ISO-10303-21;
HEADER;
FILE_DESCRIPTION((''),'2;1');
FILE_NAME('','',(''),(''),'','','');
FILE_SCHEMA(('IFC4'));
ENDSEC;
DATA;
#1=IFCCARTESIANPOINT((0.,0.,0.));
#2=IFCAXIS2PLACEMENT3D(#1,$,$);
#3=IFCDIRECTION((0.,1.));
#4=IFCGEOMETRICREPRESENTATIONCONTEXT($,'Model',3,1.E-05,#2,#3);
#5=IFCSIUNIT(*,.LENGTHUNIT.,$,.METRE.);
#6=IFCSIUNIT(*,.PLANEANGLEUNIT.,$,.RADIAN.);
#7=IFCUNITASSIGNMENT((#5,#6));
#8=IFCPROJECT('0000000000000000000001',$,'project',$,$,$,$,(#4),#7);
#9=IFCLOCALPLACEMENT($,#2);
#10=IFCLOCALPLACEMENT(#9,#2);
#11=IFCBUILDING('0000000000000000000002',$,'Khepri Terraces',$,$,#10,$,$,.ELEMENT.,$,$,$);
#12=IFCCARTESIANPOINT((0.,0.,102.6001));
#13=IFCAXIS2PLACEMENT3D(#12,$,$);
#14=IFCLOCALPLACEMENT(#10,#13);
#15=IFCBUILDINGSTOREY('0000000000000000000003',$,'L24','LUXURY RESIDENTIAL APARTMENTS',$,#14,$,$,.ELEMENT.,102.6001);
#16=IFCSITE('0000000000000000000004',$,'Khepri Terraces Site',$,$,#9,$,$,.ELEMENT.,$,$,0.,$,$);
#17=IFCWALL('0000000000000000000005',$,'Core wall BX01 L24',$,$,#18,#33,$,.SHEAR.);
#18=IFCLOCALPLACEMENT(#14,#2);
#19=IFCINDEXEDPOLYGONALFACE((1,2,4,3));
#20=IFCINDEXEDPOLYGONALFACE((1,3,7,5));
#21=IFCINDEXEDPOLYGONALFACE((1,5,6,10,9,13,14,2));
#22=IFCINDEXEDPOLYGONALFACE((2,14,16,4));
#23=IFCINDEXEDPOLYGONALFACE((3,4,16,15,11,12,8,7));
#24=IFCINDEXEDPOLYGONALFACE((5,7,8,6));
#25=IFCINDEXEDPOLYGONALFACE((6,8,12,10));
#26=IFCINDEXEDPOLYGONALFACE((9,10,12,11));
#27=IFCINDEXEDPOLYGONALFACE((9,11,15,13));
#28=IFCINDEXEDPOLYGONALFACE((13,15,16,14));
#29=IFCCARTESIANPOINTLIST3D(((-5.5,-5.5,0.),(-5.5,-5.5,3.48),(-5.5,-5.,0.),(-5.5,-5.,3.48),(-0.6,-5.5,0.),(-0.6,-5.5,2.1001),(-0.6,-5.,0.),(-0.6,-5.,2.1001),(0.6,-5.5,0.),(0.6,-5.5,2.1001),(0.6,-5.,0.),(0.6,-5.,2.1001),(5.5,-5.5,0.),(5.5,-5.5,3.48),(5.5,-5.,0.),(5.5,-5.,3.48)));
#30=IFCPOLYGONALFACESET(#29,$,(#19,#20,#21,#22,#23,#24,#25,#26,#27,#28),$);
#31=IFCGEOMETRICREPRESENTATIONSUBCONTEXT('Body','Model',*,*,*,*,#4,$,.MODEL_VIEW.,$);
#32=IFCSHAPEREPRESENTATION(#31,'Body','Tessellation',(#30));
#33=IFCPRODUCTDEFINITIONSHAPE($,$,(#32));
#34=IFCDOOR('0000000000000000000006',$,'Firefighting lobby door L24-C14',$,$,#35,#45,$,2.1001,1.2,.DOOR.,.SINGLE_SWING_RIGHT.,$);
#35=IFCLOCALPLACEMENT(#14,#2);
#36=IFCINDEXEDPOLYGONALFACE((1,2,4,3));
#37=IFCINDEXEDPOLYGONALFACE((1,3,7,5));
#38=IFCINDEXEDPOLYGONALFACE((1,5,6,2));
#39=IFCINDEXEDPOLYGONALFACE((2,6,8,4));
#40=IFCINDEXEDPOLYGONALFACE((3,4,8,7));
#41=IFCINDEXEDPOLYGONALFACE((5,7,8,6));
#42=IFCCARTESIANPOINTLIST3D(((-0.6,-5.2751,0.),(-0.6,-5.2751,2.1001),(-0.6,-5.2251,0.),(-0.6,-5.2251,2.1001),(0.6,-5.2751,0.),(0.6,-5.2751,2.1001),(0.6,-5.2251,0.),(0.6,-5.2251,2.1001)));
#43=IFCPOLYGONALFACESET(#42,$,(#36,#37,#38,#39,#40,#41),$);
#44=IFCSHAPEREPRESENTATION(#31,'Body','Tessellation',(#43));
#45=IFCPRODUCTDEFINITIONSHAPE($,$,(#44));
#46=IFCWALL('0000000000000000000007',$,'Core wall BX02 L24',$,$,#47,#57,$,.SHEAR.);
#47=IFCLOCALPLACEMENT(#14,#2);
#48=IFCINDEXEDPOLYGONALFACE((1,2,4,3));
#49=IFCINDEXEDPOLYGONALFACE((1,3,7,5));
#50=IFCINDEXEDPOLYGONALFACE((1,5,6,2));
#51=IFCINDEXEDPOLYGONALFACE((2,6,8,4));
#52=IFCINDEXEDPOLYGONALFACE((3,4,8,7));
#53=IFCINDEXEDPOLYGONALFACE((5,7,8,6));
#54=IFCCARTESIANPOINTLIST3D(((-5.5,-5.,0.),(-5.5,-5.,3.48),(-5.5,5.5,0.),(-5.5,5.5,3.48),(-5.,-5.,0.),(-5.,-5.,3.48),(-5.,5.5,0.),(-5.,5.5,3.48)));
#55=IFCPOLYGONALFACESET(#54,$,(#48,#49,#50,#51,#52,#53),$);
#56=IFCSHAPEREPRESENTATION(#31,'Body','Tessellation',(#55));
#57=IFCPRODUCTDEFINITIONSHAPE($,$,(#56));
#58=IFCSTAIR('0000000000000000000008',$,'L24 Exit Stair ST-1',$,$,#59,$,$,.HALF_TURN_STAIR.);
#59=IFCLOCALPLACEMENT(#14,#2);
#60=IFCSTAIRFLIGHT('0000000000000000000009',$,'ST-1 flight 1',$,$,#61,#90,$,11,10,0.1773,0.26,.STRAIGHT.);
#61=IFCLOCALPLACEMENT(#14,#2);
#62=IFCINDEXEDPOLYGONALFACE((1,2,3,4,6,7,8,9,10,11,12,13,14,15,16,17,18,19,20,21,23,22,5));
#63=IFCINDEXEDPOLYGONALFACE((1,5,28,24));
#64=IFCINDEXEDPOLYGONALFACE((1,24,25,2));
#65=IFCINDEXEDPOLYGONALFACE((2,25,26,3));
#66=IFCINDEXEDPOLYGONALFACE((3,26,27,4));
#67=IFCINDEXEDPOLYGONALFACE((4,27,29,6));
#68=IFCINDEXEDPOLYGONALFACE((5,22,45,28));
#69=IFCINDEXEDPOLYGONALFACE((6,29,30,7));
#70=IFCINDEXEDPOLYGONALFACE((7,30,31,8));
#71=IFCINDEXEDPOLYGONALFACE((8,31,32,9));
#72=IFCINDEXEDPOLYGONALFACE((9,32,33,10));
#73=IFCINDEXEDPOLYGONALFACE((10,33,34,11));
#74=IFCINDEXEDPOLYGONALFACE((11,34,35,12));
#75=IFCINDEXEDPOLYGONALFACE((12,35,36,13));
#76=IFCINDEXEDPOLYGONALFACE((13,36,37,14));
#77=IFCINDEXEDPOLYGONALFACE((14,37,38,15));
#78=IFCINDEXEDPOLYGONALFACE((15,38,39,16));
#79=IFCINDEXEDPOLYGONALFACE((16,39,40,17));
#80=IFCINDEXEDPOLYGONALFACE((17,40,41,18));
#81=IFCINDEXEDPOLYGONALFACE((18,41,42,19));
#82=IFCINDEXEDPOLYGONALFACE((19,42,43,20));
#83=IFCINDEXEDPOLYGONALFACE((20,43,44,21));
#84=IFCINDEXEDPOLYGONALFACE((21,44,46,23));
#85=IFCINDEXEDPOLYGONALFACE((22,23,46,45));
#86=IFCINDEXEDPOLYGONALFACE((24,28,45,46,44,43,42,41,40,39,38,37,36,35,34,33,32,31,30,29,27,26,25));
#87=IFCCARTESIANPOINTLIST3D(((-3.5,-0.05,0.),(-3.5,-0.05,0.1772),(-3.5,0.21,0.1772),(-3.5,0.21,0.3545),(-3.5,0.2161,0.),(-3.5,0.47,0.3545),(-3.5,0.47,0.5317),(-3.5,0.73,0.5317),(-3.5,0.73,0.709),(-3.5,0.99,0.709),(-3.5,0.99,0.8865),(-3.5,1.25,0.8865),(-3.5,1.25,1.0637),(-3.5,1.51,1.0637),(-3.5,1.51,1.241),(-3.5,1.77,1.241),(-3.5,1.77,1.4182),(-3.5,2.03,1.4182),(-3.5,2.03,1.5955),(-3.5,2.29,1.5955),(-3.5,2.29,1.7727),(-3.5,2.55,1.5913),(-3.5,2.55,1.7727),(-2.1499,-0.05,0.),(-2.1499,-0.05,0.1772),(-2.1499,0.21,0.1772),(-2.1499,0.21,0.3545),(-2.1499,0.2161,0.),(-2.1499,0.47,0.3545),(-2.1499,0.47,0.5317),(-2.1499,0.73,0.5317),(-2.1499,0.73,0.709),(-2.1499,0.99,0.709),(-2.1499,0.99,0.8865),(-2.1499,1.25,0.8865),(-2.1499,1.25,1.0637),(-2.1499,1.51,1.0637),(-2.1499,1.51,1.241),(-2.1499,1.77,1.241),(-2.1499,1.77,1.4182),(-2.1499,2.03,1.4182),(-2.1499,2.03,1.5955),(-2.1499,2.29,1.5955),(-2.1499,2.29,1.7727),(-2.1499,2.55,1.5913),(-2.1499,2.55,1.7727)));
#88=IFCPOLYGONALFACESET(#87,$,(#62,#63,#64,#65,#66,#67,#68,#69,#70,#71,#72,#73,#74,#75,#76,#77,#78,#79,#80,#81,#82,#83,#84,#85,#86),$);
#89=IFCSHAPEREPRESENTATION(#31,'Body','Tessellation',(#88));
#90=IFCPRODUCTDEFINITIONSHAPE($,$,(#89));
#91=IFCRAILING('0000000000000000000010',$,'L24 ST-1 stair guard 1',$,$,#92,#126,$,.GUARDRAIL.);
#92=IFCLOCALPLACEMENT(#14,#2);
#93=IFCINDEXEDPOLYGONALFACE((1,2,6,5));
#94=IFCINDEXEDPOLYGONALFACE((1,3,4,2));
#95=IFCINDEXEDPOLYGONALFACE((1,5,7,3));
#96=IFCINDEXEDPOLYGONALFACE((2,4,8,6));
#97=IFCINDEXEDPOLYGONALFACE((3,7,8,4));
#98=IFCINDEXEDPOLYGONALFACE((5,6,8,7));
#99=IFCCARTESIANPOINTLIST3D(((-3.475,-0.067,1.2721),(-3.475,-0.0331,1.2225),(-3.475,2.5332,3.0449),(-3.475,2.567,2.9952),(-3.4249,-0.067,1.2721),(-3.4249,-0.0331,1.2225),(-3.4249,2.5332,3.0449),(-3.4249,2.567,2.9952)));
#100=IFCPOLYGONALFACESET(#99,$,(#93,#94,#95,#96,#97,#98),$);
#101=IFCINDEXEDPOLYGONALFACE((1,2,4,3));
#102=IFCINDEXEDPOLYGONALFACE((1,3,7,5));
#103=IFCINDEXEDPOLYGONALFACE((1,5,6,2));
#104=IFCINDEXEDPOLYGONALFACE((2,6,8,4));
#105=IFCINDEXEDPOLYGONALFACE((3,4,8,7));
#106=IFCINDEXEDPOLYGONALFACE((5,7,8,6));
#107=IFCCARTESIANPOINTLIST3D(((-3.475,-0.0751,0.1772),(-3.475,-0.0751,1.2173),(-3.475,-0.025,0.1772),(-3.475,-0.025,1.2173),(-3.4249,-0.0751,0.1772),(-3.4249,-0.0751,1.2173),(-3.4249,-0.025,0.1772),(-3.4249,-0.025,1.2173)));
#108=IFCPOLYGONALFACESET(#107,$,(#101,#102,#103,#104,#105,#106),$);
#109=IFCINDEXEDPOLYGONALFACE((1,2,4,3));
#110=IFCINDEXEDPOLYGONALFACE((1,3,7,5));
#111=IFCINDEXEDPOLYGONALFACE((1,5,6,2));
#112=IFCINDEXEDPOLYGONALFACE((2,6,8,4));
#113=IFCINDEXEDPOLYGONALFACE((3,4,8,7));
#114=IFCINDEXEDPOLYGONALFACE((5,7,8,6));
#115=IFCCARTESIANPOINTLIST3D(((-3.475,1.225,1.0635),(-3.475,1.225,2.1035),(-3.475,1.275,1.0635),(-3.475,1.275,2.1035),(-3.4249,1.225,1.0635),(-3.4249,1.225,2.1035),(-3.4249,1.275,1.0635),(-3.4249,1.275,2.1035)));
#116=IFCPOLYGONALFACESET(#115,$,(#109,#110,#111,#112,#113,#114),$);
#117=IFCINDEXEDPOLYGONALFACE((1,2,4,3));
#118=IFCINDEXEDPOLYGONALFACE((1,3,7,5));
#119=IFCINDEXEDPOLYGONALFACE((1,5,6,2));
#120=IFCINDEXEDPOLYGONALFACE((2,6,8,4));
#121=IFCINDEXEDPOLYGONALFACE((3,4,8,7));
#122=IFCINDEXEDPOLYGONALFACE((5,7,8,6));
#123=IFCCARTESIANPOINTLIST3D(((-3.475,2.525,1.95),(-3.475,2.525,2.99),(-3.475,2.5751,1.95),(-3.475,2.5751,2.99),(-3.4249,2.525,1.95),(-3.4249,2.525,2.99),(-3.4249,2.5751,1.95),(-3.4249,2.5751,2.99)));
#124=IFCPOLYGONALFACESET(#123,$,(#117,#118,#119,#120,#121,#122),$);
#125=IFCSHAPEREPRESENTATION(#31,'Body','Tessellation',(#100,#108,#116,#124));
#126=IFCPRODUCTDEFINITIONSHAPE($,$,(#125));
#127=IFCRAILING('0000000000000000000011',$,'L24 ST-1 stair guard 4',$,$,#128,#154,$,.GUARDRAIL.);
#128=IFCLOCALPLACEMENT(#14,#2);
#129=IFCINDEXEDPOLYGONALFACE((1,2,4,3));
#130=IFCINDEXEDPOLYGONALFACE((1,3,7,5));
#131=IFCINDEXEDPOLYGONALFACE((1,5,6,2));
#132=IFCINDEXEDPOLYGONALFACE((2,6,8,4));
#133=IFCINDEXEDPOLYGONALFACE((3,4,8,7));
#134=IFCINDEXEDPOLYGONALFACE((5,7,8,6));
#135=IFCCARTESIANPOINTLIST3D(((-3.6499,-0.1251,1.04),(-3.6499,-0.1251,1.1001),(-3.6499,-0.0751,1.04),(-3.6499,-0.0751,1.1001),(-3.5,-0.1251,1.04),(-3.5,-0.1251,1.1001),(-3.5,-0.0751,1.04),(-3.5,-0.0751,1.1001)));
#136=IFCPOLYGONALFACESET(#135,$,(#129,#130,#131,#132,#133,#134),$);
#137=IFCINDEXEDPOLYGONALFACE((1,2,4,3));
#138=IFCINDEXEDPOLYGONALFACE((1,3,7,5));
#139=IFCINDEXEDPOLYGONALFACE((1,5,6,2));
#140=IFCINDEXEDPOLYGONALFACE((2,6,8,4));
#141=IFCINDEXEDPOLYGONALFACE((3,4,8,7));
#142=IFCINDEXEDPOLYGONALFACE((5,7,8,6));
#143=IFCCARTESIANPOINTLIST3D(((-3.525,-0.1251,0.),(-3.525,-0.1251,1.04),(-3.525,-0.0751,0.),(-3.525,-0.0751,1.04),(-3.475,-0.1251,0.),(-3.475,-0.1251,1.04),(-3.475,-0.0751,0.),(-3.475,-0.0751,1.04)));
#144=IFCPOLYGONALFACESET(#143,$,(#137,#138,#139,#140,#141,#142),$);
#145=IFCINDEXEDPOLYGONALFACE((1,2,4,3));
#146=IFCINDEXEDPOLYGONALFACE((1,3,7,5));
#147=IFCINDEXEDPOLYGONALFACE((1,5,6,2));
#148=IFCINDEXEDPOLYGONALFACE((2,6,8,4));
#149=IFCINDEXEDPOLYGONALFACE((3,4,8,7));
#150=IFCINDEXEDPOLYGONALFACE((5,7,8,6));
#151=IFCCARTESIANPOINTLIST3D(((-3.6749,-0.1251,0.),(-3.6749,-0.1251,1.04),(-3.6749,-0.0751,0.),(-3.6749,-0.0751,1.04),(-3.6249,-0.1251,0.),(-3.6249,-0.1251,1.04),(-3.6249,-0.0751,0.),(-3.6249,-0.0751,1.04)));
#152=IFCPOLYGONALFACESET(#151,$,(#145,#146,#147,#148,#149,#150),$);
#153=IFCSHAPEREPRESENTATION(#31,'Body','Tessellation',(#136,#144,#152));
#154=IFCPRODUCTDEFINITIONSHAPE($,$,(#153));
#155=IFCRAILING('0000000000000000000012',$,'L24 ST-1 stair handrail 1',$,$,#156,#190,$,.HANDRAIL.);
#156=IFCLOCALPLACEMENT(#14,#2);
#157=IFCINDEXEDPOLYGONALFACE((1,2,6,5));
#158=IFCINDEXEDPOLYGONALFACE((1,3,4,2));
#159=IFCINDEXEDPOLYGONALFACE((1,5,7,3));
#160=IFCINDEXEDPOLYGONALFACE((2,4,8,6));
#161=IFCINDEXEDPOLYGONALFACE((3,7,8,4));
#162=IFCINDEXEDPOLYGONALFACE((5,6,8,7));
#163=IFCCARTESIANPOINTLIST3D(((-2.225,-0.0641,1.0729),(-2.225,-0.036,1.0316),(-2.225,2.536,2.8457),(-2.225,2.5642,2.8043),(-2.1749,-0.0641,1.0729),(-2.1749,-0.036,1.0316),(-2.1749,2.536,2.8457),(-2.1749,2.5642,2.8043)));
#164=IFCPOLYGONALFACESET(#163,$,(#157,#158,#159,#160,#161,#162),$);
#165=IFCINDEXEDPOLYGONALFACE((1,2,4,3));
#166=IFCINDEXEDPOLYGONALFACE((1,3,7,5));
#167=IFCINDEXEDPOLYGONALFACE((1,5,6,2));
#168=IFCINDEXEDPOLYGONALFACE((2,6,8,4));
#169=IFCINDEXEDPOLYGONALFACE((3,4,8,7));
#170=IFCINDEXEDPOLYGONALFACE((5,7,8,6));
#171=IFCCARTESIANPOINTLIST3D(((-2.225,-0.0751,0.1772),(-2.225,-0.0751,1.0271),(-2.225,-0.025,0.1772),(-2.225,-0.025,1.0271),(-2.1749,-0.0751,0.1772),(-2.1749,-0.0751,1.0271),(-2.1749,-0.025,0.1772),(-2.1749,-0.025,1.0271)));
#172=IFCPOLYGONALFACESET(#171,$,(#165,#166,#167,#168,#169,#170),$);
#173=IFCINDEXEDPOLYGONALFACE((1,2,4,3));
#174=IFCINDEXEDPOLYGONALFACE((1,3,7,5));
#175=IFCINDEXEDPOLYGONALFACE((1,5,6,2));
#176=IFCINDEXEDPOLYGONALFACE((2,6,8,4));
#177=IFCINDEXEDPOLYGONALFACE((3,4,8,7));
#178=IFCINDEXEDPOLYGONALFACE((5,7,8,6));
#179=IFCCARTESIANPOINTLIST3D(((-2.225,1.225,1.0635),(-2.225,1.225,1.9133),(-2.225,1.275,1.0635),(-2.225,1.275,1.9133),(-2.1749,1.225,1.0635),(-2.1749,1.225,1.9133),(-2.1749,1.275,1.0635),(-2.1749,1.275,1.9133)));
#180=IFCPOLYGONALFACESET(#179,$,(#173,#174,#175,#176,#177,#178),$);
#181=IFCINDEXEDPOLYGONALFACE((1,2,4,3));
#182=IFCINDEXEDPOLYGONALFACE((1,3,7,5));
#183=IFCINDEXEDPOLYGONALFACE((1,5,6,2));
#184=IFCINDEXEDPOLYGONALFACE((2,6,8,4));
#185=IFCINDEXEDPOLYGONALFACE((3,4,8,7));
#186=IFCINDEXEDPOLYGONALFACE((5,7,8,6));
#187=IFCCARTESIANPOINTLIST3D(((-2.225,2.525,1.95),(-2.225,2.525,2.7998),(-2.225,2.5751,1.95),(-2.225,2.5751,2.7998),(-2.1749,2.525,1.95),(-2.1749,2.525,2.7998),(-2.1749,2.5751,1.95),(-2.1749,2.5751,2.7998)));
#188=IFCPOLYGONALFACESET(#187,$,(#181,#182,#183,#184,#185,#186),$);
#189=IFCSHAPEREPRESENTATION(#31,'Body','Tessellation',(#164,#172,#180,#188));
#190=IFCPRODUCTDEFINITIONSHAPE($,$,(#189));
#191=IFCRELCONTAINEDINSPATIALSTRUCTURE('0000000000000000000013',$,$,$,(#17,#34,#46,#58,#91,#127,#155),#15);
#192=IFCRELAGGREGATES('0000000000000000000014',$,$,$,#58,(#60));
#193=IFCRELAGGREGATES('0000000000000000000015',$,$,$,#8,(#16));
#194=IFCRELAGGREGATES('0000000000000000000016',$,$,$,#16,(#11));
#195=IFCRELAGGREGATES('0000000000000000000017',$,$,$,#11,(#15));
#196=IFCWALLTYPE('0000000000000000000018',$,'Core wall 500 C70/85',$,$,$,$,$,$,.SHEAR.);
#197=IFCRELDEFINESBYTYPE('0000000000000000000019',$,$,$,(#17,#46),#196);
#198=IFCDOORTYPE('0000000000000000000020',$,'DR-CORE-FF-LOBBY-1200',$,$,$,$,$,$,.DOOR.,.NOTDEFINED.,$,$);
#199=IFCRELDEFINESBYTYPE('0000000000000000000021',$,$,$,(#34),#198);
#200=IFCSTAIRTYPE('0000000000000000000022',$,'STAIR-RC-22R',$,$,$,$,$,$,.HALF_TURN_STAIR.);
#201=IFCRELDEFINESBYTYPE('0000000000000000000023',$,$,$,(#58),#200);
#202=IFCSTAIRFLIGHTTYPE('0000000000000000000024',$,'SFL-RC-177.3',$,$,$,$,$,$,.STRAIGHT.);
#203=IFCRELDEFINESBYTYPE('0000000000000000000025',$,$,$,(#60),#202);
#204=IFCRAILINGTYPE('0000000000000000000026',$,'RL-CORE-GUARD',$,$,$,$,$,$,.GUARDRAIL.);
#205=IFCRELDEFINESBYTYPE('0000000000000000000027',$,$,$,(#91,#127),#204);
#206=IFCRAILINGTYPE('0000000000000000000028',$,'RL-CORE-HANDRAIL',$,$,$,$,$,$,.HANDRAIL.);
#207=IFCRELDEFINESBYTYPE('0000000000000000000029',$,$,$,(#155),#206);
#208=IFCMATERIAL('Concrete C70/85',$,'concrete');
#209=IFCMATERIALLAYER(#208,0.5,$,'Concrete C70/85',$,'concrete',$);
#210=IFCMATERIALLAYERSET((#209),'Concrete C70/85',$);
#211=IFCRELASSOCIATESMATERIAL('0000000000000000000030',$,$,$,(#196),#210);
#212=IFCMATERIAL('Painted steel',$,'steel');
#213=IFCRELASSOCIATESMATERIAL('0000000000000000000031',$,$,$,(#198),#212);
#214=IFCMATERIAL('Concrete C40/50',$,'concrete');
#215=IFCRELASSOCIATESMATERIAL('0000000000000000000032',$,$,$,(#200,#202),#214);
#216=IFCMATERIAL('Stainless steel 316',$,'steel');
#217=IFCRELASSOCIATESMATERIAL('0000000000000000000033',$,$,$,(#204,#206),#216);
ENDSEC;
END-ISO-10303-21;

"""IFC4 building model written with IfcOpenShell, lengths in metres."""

from ifc_helpers import new_model, si_unit, direction, frame, frame_2d, origin, origin_2d, place, context, subcontext, project, spatial, polyline, rectangle, outline, extrude, material, layer, layer_set, type_object, element, fill, aggregate, save


model = new_model("IFC4")

# Units and contexts
model_context = context("Model", 3, precision=1e-05, world=origin(), true_north=direction((0.0, 1.0)))
body_context = subcontext(model_context, "Body", "Model", "MODEL_VIEW")
ifc_project = project(units=[si_unit("LENGTHUNIT", "METRE"), si_unit("PLANEANGLEUNIT", "RADIAN")], contexts=[model_context])

# Site, building, storey
site_placement = place(None, origin())
site = spatial("IfcSite", under=ifc_project, at=site_placement, Name="Khepri Terraces Site", CompositionType="ELEMENT", RefElevation=0.0)
building_placement = place(site_placement, origin())
building = spatial("IfcBuilding", under=site, at=building_placement, Name="Khepri Terraces", CompositionType="ELEMENT")
storey_placement = place(building_placement, frame((0.0, 0.0, 102.6001)))
storey = spatial("IfcBuildingStorey", under=building, at=storey_placement, Name="L24", Description="LUXURY RESIDENTIAL APARTMENTS", CompositionType="ELEMENT", Elevation=102.6001)

# Shared definitions
ifc_material_1 = material(Name="Concrete C40/50", Category="concrete")

# Shared definitions
ifc_material_2 = material(Name="Concrete C70/85", Category="concrete")

# Shared definitions
ifc_material_3 = material(Name="Painted steel", Category="steel")

# Wall, opening, door
ifc_layer_1 = layer(ifc_material_2, 0.5, Name="Concrete C70/85", Category="concrete")
ifc_layer_set_1 = layer_set([ifc_layer_1], Name="Concrete C70/85")
wall_type_1 = type_object("IfcWallType", Name="Core wall 500 C70/85", PredefinedType="SHEAR", material=ifc_layer_set_1)
wall_1_placement = place(storey_placement, frame((-5.5, -5.25, 0.0), z_axis=(0.0, 0.0, 1.0), x_axis=(1.0, 0.0, 0.0)))
wall_1 = element("IfcWall", 1, at=wall_1_placement, inside=storey, type_object=wall_type_1, Name="Core wall BX01 L24", PredefinedType="SHEAR", context=body_context, shape_type="SweptSolid", body=[
    extrude(rectangle(XDim=11.0, YDim=0.5, at=frame_2d((5.5, 0.0))), origin(), (0.0, 0.0, 1.0), 3.48),
])
opening_1_placement = place(wall_1_placement, frame((4.8999, 0.0, 0.0)))
opening_1 = element("IfcOpeningElement", 2, at=opening_1_placement, cuts=wall_1, PredefinedType="OPENING", context=body_context, shape_type="SweptSolid", body=[
    extrude(rectangle(XDim=1.2, YDim=2.1001, at=frame_2d((0.6001, 1.05))), frame((0.0, 0.26, 0.0), z_axis=(0.0, -1.0, 0.0), x_axis=(1.0, 0.0, 0.0)), (0.0, 0.0, 1.0), 0.52),
])
door_type_1 = type_object("IfcDoorType", Name="DR-CORE-FF-LOBBY-1200", OperationType="NOTDEFINED", PredefinedType="DOOR", material=ifc_material_3)
door_1_placement = place(opening_1_placement, origin())
door_1 = element("IfcDoor", 3, at=door_1_placement, inside=storey, type_object=door_type_1, Name="Firefighting lobby door L24-C14", OperationType="SINGLE_SWING_RIGHT", OverallHeight=2.1001, OverallWidth=1.2, PredefinedType="DOOR", context=body_context, shape_type="SweptSolid", body=[
    extrude(rectangle(XDim=1.2, YDim=2.1001, at=frame_2d((0.6001, 1.05))), frame((0.0, 0.0249, 0.0), z_axis=(0.0, -1.0, 0.0), x_axis=(1.0, 0.0, 0.0)), (0.0, 0.0, 1.0), 0.05),
])
fill(opening_1, door_1)

# Wall
wall_2_placement = place(storey_placement, frame((-5.25, -5.0, 0.0), z_axis=(0.0, 0.0, 1.0), x_axis=(0.0, 1.0, 0.0)))
element("IfcWall", 4, at=wall_2_placement, inside=storey, type_object=wall_type_1, Name="Core wall BX02 L24", PredefinedType="SHEAR", context=body_context, shape_type="SweptSolid", body=[
    extrude(rectangle(XDim=10.5, YDim=0.5, at=frame_2d((5.25, 0.0))), origin(), (0.0, 0.0, 1.0), 3.48),
])

# Stair, stair flight
stair_type = type_object("IfcStairType", Name="STAIR-RC-22R", PredefinedType="HALF_TURN_STAIR", material=ifc_material_1)
stair_placement = place(storey_placement, origin())
stair = element("IfcStair", 5, at=stair_placement, inside=storey, type_object=stair_type, Name="L24 Exit Stair ST-1", PredefinedType="HALF_TURN_STAIR")
stair_flight_type = type_object("IfcStairFlightType", Name="SFL-RC-177.3", PredefinedType="STRAIGHT", material=ifc_material_1)
stair_flight_placement = place(storey_placement, frame((-2.825, -0.05, 0.0), z_axis=(0.0, 0.0, 1.0), x_axis=(0.0, 1.0, 0.0)))
stair_flight = element("IfcStairFlight", 6, at=stair_flight_placement, type_object=stair_flight_type, Name="ST-1 flight 1", NumberOfRisers=11, NumberOfTreads=10, PredefinedType="STRAIGHT", RiserHeight=0.1773, TreadLength=0.26, context=body_context, shape_type="SweptSolid", body=[
    extrude(outline(polyline([(0.0, 0.0), (0.0, 0.1772), (0.26, 0.1772), (0.26, 0.3545), (0.52, 0.3545), (0.52, 0.5317), (0.78, 0.5317), (0.78, 0.709), (1.04, 0.709), (1.04, 0.8865), (1.3, 0.8865), (1.3, 1.0637), (1.5601, 1.0637), (1.5601, 1.241), (1.8201, 1.241), (1.8201, 1.4182), (2.0801, 1.4182), (2.0801, 1.5955), (2.3401, 1.5955), (2.3401, 1.7727), (2.6001, 1.7727), (2.6001, 1.95), (2.6001, 1.5913), (0.2661, 0.0), (0.0, 0.0)])), frame((0.0, 0.675, 0.0), z_axis=(0.0, -1.0, 0.0), x_axis=(1.0, 0.0, 0.0)), (0.0, 0.0, 1.0), 1.3501),
])
aggregate(stair, [stair_flight])

# Railings
ifc_material_4 = material(Name="Stainless steel 316", Category="steel")
railing_type_1 = type_object("IfcRailingType", Name="RL-CORE-GUARD", PredefinedType="GUARDRAIL", material=ifc_material_4)
railing_1_placement = place(storey_placement, frame((-3.45, -0.05, 0.1772)))
element("IfcRailing", 7, at=railing_1_placement, inside=storey, type_object=railing_type_1, Name="L24 ST-1 stair guard 1", PredefinedType="GUARDRAIL", context=body_context, shape_type="SweptSolid", body=[
    extrude(rectangle(XDim=0.05, YDim=0.0601, at=origin_2d()), frame((0.0, 0.0, 1.0701), z_axis=(0.0, 0.82624, 0.563318), x_axis=(-1.0, 0.0, 0.0)), (0.0, 0.0, 1.0), 3.147),
    extrude(rectangle(XDim=0.05, YDim=0.05, at=origin_2d()), origin(), (0.0, 0.0, 1.0), 1.04),
    extrude(rectangle(XDim=0.05, YDim=0.05, at=origin_2d()), frame((0.0, 1.3, 0.8862)), (0.0, 0.0, 1.0), 1.04),
    extrude(rectangle(XDim=0.05, YDim=0.05, at=origin_2d()), frame((0.0, 2.6001, 1.7727)), (0.0, 0.0, 1.0), 1.04),
])
railing_2_placement = place(storey_placement, frame((-3.5, -0.1001, 0.0)))
element("IfcRailing", 8, at=railing_2_placement, inside=storey, type_object=railing_type_1, Name="L24 ST-1 stair guard 4", PredefinedType="GUARDRAIL", context=body_context, shape_type="SweptSolid", body=[
    extrude(rectangle(XDim=0.05, YDim=0.0601, at=origin_2d()), frame((0.0, 0.0, 1.0701), z_axis=(-1.0, 0.0, 0.0), x_axis=(0.0, -1.0, 0.0)), (0.0, 0.0, 1.0), 0.1499),
    extrude(rectangle(XDim=0.05, YDim=0.05, at=origin_2d()), origin(), (0.0, 0.0, 1.0), 1.04),
    extrude(rectangle(XDim=0.05, YDim=0.05, at=origin_2d()), frame((-0.1499, 0.0, 0.0)), (0.0, 0.0, 1.0), 1.04),
])
railing_type_2 = type_object("IfcRailingType", Name="RL-CORE-HANDRAIL", PredefinedType="HANDRAIL", material=ifc_material_4)
railing_3_placement = place(storey_placement, frame((-2.2, -0.05, 0.1772)))
element("IfcRailing", 9, at=railing_3_placement, inside=storey, type_object=railing_type_2, Name="L24 ST-1 stair handrail 1", PredefinedType="HANDRAIL", context=body_context, shape_type="SweptSolid", body=[
    extrude(rectangle(XDim=0.05, YDim=0.05, at=origin_2d()), frame((0.0, 0.0, 0.875), z_axis=(0.0, 0.82624, 0.563318), x_axis=(-1.0, 0.0, 0.0)), (0.0, 0.0, 1.0), 3.147),
    extrude(rectangle(XDim=0.05, YDim=0.05, at=origin_2d()), origin(), (0.0, 0.0, 1.0), 0.8499),
    extrude(rectangle(XDim=0.05, YDim=0.05, at=origin_2d()), frame((0.0, 1.3, 0.8862)), (0.0, 0.0, 1.0), 0.8499),
    extrude(rectangle(XDim=0.05, YDim=0.05, at=origin_2d()), frame((0.0, 2.6001, 1.7727)), (0.0, 0.0, 1.0), 0.8499),
])

save(model, "model.ifc")
